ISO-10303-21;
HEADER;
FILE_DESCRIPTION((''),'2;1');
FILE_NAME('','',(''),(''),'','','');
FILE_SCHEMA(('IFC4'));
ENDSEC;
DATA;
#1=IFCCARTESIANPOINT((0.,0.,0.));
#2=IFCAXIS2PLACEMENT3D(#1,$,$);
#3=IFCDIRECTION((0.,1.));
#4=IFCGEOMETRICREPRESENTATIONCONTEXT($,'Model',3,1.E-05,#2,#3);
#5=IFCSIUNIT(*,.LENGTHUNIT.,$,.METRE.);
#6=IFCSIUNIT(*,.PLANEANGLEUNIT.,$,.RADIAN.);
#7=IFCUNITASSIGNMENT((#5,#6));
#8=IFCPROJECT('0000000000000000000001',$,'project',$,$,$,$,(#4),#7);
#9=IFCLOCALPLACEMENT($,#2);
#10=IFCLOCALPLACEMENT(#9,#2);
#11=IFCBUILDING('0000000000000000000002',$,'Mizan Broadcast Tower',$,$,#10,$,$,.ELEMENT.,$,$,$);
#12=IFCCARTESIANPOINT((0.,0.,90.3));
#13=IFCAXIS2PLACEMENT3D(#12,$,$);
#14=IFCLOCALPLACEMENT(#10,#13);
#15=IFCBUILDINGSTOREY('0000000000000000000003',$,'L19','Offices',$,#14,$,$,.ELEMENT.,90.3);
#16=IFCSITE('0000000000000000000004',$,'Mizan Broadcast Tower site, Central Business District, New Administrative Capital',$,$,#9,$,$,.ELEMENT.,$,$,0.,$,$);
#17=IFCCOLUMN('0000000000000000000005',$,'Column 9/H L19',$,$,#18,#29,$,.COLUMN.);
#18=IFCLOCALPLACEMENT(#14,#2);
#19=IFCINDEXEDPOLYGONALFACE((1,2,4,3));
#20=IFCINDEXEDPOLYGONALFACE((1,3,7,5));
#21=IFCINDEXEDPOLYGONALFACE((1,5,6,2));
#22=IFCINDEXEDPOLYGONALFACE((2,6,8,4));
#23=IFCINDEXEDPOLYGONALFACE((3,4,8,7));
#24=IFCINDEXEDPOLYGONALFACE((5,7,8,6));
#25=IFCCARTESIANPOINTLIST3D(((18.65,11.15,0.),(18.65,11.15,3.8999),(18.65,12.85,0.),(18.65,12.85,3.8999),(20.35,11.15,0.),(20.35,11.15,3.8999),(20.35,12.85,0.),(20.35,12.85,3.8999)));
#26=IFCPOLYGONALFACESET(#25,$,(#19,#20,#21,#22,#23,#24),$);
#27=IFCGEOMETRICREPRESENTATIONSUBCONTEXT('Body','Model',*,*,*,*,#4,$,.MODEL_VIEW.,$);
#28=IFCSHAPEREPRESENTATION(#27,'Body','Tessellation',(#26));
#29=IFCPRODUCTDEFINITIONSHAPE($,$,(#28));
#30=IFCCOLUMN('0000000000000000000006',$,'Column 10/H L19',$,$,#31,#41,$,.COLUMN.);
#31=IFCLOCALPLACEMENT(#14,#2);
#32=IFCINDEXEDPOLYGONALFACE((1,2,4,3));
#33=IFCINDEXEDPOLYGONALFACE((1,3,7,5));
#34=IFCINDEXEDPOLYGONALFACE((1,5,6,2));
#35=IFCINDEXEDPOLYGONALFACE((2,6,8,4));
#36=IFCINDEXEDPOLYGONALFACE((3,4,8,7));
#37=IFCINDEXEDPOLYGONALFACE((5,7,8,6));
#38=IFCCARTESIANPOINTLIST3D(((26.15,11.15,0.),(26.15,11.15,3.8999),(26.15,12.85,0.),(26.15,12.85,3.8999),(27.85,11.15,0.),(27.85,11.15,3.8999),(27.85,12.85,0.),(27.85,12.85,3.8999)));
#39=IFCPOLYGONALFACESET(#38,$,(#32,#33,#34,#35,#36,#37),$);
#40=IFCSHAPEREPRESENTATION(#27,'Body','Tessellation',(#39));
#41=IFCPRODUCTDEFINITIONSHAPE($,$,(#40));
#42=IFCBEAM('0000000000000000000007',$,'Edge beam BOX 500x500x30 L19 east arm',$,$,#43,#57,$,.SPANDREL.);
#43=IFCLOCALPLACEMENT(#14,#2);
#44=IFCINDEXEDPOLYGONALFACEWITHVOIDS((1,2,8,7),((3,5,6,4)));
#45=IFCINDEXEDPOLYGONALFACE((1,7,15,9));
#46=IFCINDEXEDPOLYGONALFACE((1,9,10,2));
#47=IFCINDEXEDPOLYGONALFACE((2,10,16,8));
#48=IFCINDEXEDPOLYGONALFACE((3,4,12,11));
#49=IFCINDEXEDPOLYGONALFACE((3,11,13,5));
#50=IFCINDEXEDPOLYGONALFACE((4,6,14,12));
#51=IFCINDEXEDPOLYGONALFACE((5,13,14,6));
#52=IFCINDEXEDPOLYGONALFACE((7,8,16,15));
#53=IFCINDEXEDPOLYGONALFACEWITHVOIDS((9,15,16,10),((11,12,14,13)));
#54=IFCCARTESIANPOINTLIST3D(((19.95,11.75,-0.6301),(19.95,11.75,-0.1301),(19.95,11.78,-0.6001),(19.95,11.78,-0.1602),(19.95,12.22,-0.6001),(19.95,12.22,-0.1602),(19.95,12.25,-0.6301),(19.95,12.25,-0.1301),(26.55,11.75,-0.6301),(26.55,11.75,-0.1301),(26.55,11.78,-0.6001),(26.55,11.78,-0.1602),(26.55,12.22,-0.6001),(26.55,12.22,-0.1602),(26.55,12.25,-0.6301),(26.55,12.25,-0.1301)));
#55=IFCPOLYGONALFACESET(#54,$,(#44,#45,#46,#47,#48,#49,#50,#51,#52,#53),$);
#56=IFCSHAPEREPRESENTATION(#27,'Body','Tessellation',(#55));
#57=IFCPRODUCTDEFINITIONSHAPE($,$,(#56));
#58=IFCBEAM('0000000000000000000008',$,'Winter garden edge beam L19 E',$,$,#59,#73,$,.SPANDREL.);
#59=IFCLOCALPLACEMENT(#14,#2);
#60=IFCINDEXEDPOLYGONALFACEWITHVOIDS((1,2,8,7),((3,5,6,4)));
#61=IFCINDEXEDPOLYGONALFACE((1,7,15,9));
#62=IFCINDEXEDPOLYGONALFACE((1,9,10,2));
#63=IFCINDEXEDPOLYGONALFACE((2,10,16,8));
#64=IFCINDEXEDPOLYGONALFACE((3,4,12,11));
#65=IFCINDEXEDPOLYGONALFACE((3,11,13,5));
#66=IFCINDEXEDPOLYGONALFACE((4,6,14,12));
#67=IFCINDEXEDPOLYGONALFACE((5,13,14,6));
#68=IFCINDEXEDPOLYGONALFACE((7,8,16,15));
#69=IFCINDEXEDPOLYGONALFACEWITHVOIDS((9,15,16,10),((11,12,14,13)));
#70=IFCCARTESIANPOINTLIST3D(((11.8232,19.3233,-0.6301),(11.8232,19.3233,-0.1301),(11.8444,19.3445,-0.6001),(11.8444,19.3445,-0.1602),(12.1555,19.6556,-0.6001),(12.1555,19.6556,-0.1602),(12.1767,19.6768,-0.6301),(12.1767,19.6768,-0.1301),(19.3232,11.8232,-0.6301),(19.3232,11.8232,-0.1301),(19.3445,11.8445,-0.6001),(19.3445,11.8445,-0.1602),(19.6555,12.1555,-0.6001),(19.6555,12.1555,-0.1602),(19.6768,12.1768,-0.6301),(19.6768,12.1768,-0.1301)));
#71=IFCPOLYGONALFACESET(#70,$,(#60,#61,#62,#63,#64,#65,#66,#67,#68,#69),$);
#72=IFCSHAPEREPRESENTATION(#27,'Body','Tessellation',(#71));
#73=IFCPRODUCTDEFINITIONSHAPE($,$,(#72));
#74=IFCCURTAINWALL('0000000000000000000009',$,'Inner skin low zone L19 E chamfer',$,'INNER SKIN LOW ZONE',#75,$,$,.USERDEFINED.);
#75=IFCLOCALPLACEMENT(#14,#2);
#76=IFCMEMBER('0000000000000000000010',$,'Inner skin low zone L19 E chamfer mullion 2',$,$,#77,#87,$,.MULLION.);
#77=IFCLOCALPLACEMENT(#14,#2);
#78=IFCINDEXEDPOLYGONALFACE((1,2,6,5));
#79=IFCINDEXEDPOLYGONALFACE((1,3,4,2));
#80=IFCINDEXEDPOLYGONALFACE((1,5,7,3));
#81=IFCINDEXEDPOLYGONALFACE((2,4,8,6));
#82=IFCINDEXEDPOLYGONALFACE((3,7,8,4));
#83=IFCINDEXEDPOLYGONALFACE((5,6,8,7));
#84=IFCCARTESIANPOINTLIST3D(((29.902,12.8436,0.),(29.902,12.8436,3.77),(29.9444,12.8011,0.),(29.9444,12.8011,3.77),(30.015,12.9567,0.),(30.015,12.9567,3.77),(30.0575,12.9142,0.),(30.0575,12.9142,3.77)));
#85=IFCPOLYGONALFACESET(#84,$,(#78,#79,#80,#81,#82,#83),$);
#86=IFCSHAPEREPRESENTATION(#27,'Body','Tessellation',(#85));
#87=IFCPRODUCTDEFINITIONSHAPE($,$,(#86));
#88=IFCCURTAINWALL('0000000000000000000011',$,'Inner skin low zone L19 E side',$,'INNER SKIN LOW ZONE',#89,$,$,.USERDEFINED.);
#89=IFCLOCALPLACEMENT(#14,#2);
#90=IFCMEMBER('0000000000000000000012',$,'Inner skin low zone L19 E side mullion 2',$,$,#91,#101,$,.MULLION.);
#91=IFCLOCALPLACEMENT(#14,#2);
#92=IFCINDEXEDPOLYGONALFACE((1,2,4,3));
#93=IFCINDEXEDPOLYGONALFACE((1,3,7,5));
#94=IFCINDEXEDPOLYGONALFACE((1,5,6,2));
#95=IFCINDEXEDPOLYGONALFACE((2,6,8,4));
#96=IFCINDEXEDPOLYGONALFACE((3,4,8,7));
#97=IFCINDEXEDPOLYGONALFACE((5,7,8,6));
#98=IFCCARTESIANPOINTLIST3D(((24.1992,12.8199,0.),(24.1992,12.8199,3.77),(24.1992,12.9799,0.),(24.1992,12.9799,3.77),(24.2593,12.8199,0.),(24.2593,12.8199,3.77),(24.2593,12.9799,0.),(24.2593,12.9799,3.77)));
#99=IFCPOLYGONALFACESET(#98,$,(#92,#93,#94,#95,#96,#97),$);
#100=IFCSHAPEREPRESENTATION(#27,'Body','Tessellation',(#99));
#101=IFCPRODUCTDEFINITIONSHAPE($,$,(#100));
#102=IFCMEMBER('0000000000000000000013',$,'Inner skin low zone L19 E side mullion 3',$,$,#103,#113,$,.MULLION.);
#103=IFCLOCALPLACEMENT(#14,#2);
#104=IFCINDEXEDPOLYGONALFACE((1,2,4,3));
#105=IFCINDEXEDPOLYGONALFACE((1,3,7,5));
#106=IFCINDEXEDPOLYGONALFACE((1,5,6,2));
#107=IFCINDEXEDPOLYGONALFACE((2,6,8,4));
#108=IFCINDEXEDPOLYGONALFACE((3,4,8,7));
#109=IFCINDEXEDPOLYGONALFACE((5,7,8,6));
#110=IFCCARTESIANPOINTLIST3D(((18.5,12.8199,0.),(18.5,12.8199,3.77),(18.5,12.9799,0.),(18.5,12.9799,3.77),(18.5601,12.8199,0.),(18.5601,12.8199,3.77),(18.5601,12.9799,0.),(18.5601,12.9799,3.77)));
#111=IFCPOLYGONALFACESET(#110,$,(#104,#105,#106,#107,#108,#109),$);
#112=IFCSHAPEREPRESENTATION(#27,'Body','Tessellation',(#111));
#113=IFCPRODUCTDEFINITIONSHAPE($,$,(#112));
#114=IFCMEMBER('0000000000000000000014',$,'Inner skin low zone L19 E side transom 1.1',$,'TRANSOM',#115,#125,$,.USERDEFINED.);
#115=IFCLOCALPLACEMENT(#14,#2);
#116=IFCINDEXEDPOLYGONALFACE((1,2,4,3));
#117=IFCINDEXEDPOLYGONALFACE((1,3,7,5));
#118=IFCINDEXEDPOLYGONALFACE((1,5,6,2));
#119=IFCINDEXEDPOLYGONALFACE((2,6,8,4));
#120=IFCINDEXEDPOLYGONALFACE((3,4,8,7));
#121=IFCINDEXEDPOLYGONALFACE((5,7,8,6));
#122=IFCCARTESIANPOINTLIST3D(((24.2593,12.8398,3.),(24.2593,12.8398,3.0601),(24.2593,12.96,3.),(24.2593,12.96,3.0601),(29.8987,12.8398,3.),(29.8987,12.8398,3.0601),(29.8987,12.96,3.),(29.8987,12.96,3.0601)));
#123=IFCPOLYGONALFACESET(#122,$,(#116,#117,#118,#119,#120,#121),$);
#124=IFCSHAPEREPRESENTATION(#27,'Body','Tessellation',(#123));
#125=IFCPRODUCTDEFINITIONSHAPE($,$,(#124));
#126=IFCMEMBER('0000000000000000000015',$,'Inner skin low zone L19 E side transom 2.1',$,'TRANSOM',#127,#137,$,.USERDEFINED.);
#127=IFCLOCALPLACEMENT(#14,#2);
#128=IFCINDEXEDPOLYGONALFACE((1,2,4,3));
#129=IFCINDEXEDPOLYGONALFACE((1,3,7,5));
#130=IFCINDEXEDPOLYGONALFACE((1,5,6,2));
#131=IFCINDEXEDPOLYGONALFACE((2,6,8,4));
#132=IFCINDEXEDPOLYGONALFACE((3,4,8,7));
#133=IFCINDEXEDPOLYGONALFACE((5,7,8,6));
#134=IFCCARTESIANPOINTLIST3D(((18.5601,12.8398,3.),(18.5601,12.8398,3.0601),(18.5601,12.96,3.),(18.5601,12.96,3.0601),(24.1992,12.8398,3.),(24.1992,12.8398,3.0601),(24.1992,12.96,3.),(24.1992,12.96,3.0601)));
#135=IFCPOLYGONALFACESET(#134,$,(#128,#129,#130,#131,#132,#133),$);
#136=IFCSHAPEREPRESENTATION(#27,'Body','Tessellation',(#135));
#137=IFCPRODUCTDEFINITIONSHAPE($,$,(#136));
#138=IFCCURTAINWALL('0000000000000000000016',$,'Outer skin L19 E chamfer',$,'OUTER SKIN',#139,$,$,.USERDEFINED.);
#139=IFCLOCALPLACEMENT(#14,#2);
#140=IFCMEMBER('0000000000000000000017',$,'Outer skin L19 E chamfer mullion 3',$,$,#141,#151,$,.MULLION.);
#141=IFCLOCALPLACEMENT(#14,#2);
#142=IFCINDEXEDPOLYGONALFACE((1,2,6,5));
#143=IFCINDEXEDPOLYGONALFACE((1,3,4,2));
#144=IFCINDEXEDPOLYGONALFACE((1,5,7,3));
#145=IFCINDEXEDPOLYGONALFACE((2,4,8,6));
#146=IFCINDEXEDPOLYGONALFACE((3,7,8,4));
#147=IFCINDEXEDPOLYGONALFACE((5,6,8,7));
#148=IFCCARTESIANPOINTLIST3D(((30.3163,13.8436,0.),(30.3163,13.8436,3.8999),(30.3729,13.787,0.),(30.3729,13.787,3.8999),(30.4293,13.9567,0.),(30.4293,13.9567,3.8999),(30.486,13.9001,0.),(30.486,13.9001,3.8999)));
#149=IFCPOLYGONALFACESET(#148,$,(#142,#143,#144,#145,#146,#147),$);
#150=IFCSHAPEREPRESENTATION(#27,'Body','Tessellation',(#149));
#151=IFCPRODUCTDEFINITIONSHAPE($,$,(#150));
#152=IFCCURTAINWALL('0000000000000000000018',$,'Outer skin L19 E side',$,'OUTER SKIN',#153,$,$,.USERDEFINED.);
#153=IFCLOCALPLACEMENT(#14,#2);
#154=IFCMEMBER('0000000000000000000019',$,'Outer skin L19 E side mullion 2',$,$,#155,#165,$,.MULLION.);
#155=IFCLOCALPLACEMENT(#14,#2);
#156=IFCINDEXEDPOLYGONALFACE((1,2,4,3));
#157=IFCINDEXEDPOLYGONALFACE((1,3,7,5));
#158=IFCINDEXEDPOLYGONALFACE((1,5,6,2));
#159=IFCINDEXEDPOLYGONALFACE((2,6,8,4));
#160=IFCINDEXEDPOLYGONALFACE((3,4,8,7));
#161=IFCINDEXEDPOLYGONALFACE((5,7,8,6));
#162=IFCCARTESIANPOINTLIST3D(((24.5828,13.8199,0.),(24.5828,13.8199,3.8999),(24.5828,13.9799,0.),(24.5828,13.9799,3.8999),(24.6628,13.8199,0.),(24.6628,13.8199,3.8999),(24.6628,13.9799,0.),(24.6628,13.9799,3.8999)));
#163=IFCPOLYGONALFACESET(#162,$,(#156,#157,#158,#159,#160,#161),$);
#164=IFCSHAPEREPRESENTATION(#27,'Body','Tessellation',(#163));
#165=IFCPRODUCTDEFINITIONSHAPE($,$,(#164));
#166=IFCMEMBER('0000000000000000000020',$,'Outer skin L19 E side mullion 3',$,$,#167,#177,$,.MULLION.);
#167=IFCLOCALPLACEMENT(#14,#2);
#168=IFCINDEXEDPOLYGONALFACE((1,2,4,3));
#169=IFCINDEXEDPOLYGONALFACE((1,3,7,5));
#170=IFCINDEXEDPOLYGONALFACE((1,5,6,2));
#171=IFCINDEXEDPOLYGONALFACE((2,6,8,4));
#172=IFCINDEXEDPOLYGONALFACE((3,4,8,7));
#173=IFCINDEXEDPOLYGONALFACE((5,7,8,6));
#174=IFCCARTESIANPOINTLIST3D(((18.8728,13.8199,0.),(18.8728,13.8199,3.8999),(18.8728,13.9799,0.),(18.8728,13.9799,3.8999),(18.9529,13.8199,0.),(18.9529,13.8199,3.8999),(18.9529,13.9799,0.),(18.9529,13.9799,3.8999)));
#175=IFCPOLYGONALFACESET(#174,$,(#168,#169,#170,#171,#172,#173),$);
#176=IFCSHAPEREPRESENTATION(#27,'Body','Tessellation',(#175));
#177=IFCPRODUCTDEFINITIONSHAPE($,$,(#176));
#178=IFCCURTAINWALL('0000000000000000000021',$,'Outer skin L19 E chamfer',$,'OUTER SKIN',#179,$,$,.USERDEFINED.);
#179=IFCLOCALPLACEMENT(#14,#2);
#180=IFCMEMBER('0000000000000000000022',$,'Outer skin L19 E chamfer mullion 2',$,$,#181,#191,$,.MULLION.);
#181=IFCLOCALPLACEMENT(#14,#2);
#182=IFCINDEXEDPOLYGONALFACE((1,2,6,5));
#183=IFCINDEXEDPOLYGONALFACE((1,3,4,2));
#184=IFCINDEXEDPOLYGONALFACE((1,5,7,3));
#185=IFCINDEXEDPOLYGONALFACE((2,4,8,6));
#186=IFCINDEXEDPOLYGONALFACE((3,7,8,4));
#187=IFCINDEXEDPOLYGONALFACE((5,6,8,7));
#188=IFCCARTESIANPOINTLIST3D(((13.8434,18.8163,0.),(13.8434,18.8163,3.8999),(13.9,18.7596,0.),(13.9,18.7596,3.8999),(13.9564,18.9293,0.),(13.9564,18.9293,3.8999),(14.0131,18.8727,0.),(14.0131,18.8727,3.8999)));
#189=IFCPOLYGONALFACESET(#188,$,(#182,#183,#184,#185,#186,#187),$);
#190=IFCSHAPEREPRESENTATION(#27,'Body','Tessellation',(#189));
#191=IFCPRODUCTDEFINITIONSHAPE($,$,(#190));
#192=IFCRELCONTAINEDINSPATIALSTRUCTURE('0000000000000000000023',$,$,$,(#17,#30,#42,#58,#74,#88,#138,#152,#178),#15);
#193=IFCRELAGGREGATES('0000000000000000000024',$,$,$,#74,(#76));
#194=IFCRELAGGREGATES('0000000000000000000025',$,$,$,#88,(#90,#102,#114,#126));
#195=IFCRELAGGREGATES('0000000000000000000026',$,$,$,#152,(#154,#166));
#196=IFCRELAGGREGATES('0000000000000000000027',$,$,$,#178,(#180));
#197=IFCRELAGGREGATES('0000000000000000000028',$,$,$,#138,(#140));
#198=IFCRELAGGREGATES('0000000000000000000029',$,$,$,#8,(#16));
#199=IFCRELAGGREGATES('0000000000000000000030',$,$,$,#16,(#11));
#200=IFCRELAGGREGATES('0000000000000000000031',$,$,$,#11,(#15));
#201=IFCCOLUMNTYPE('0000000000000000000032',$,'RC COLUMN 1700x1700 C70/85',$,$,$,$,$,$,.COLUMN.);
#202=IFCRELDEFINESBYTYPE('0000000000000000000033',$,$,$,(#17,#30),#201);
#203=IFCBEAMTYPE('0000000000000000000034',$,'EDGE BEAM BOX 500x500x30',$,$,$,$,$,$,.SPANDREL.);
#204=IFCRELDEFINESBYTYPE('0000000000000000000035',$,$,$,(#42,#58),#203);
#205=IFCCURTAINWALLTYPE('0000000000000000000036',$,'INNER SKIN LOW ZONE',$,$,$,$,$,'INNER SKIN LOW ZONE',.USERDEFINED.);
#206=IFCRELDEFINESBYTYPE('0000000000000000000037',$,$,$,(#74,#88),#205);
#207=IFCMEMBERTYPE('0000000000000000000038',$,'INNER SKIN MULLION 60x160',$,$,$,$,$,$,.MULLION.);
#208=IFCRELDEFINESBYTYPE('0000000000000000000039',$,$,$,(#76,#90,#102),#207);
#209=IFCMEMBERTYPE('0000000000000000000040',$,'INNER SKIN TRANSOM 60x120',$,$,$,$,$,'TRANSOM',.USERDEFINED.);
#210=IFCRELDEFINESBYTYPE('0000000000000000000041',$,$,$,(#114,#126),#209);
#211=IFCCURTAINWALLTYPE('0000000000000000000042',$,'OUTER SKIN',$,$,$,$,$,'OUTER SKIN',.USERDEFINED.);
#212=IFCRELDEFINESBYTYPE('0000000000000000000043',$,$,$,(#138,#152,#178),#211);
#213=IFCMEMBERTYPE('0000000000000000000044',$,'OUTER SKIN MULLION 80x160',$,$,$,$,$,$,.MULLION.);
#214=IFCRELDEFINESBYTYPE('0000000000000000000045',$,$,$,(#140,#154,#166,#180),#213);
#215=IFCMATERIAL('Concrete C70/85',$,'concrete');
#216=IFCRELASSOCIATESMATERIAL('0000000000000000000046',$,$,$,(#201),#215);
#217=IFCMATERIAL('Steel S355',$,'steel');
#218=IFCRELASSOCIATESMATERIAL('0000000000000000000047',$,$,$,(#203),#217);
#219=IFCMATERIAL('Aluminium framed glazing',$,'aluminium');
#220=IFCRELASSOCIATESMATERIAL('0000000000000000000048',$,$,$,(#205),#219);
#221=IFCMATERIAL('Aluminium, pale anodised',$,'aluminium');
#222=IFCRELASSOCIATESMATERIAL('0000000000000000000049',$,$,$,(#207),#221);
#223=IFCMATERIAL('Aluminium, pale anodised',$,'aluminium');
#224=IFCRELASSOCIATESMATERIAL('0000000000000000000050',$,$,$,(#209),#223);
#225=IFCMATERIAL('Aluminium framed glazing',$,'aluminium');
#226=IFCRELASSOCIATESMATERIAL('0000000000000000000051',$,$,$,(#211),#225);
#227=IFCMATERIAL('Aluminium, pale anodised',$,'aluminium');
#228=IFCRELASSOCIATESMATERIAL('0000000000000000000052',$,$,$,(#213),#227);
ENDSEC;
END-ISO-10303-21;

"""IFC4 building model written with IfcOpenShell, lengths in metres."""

from ifc_helpers import new_model, si_unit, direction, frame, origin, origin_2d, place, context, subcontext, project, spatial, rectangle, hollow_rectangle, extrude, material, material_profile, profile_set, type_object, element, aggregate, save


model = new_model("IFC4")

# Units and contexts
model_context = context("Model", 3, precision=1e-05, world=origin(), true_north=direction((0.0, 1.0)))
body_context = subcontext(model_context, "Body", "Model", "MODEL_VIEW")
ifc_project = project(units=[si_unit("LENGTHUNIT", "METRE"), si_unit("PLANEANGLEUNIT", "RADIAN")], contexts=[model_context])

# Site, building, storey
site_placement = place(None, origin())
site = spatial("IfcSite", under=ifc_project, at=site_placement, Name="Mizan Broadcast Tower site, Central Business District, New Administrative Capital", CompositionType="ELEMENT", RefElevation=0.0)
building_placement = place(site_placement, origin())
building = spatial("IfcBuilding", under=site, at=building_placement, Name="Mizan Broadcast Tower", CompositionType="ELEMENT")
storey_placement = place(building_placement, frame((0.0, 0.0, 90.3)))
storey = spatial("IfcBuildingStorey", under=building, at=storey_placement, Name="L19", Description="Offices", CompositionType="ELEMENT", Elevation=90.3)

# Columns
ifc_material_1 = material(Name="Concrete C70/85", Category="concrete")
ifc_material_profile_1 = material_profile(ifc_material_1, rectangle(XDim=1.7, YDim=1.7, at=origin_2d()), Name="RC 1700x1700")
ifc_profile_set_1 = profile_set([ifc_material_profile_1], Name="Concrete C70/85")
column_type = type_object("IfcColumnType", Name="RC COLUMN 1700x1700 C70/85", PredefinedType="COLUMN", material=ifc_profile_set_1)
for number, where, z_axis, x_axis, name in (
    (1, (19.5, 12.0, 0.0), (0.0, 0.0, 1.0), (1.0, 0.0, 0.0), "Column 9/H L19"),
    (2, (27.0, 12.0, 0.0), (0.0, 0.0, 1.0), (1.0, 0.0, 0.0), "Column 10/H L19"),
):
    element("IfcColumn", number, at=place(storey_placement, frame(where, z_axis=z_axis, x_axis=x_axis)), inside=storey, type_object=column_type, Name=name, PredefinedType="COLUMN", context=body_context, shape_type="SweptSolid", body=[
        extrude(rectangle(XDim=1.7, YDim=1.7, at=origin_2d()), origin(), (0.0, 0.0, 1.0), 3.8999),
    ])

# Beams
ifc_material_2 = material(Name="Steel S355", Category="steel")
ifc_material_profile_2 = material_profile(ifc_material_2, hollow_rectangle(XDim=0.5, YDim=0.5, WallThickness=0.03, at=origin_2d()), Name="BOX 500x500x30")
ifc_profile_set_2 = profile_set([ifc_material_profile_2], Name="Steel S355")
beam_type_1 = type_object("IfcBeamType", Name="EDGE BEAM BOX 500x500x30", PredefinedType="SPANDREL", material=ifc_profile_set_2)
beam_1_placement = place(storey_placement, frame((19.95, 12.0, -0.3801), z_axis=(1.0, 0.0, 0.0), x_axis=(0.0, 1.0, 0.0)))
element("IfcBeam", 3, at=beam_1_placement, inside=storey, type_object=beam_type_1, Name="Edge beam BOX 500x500x30 L19 east arm", PredefinedType="SPANDREL", context=body_context, shape_type="SweptSolid", body=[
    extrude(hollow_rectangle(XDim=0.5, YDim=0.5, WallThickness=0.03, at=origin_2d()), origin(), (0.0, 0.0, 1.0), 6.6001),
])
beam_2_placement = place(storey_placement, frame((19.5, 12.0, -0.3801), z_axis=(-0.707107, 0.707107, 0.0), x_axis=(-0.707107, -0.707107, 0.0)))
element("IfcBeam", 4, at=beam_2_placement, inside=storey, type_object=beam_type_1, Name="Winter garden edge beam L19 E", PredefinedType="SPANDREL", context=body_context, shape_type="SweptSolid", body=[
    extrude(hollow_rectangle(XDim=0.5, YDim=0.5, WallThickness=0.03, at=origin_2d()), origin(), (0.0, 0.0, 1.0), 10.6067),
])

# Curtain wall, member
ifc_material_3 = material(Name="Aluminium framed glazing", Category="aluminium")
curtain_wall_type_1 = type_object("IfcCurtainWallType", Name="INNER SKIN LOW ZONE", ElementType="INNER SKIN LOW ZONE", PredefinedType="USERDEFINED", material=ifc_material_3)
curtain_wall_1_placement = place(storey_placement, origin())
curtain_wall_1 = element("IfcCurtainWall", 5, at=curtain_wall_1_placement, inside=storey, type_object=curtain_wall_type_1, Name="Inner skin low zone L19 E chamfer", ObjectType="INNER SKIN LOW ZONE", PredefinedType="USERDEFINED")
ifc_material_4 = material(Name="Aluminium, pale anodised", Category="aluminium")
ifc_material_profile_3 = material_profile(ifc_material_4, rectangle(XDim=0.1599, YDim=0.0601, at=origin_2d()), Name="MULLION 160x60")
ifc_profile_set_3 = profile_set([ifc_material_profile_3], Name="Aluminium, pale anodised")
member_type_1 = type_object("IfcMemberType", Name="INNER SKIN MULLION 60x160", PredefinedType="MULLION", material=ifc_profile_set_3)
member_1_placement = place(storey_placement, frame((29.9797, 12.8789, 0.0), z_axis=(0.0, 0.0, 1.0), x_axis=(-0.707107, -0.707107, 0.0)))
member_1 = element("IfcMember", 6, at=member_1_placement, type_object=member_type_1, Name="Inner skin low zone L19 E chamfer mullion 2", PredefinedType="MULLION", context=body_context, shape_type="SweptSolid", body=[
    extrude(rectangle(XDim=0.1599, YDim=0.0601, at=origin_2d()), origin(), (0.0, 0.0, 1.0), 3.77),
])
aggregate(curtain_wall_1, [member_1])

# Curtain wall, members
curtain_wall_2_placement = place(storey_placement, origin())
curtain_wall_2 = element("IfcCurtainWall", 7, at=curtain_wall_2_placement, inside=storey, type_object=curtain_wall_type_1, Name="Inner skin low zone L19 E side", ObjectType="INNER SKIN LOW ZONE", PredefinedType="USERDEFINED")
member_2_placement = place(storey_placement, frame((24.2292, 12.8999, 0.0), z_axis=(0.0, 0.0, 1.0), x_axis=(0.0, -1.0, 0.0)))
member_2 = element("IfcMember", 8, at=member_2_placement, type_object=member_type_1, Name="Inner skin low zone L19 E side mullion 2", PredefinedType="MULLION", context=body_context, shape_type="SweptSolid", body=[
    extrude(rectangle(XDim=0.1599, YDim=0.0601, at=origin_2d()), origin(), (0.0, 0.0, 1.0), 3.77),
])
member_3_placement = place(storey_placement, frame((18.53, 12.8999, 0.0), z_axis=(0.0, 0.0, 1.0), x_axis=(0.0, -1.0, 0.0)))
member_3 = element("IfcMember", 9, at=member_3_placement, type_object=member_type_1, Name="Inner skin low zone L19 E side mullion 3", PredefinedType="MULLION", context=body_context, shape_type="SweptSolid", body=[
    extrude(rectangle(XDim=0.1599, YDim=0.0601, at=origin_2d()), origin(), (0.0, 0.0, 1.0), 3.77),
])
ifc_material_5 = material(Name="Aluminium, pale anodised", Category="aluminium")
ifc_material_profile_4 = material_profile(ifc_material_5, rectangle(XDim=0.1201, YDim=0.0601, at=origin_2d()), Name="TRANSOM 120x60")
ifc_profile_set_4 = profile_set([ifc_material_profile_4], Name="Aluminium, pale anodised")
member_type_2 = type_object("IfcMemberType", Name="INNER SKIN TRANSOM 60x120", ElementType="TRANSOM", PredefinedType="USERDEFINED", material=ifc_profile_set_4)
member_4_placement = place(storey_placement, frame((29.8987, 12.8999, 3.03), z_axis=(-1.0, 0.0, 0.0), x_axis=(0.0, -1.0, 0.0)))
member_4 = element("IfcMember", 10, at=member_4_placement, type_object=member_type_2, Name="Inner skin low zone L19 E side transom 1.1", ObjectType="TRANSOM", PredefinedType="USERDEFINED", context=body_context, shape_type="SweptSolid", body=[
    extrude(rectangle(XDim=0.1201, YDim=0.0601, at=origin_2d()), origin(), (0.0, 0.0, 1.0), 5.6394),
])
member_5_placement = place(storey_placement, frame((24.1992, 12.8999, 3.03), z_axis=(-1.0, 0.0, 0.0), x_axis=(0.0, -1.0, 0.0)))
member_5 = element("IfcMember", 11, at=member_5_placement, type_object=member_type_2, Name="Inner skin low zone L19 E side transom 2.1", ObjectType="TRANSOM", PredefinedType="USERDEFINED", context=body_context, shape_type="SweptSolid", body=[
    extrude(rectangle(XDim=0.1201, YDim=0.0601, at=origin_2d()), origin(), (0.0, 0.0, 1.0), 5.6392),
])

# Curtain wall, member
ifc_material_6 = material(Name="Aluminium framed glazing", Category="aluminium")
curtain_wall_type_2 = type_object("IfcCurtainWallType", Name="OUTER SKIN", ElementType="OUTER SKIN", PredefinedType="USERDEFINED", material=ifc_material_6)
curtain_wall_3_placement = place(storey_placement, origin())
curtain_wall_3 = element("IfcCurtainWall", 12, at=curtain_wall_3_placement, inside=storey, type_object=curtain_wall_type_2, Name="Outer skin L19 E chamfer", ObjectType="OUTER SKIN", PredefinedType="USERDEFINED")
ifc_material_7 = material(Name="Aluminium, pale anodised", Category="aluminium")
ifc_material_profile_5 = material_profile(ifc_material_7, rectangle(XDim=0.1599, YDim=0.0801, at=origin_2d()), Name="MULLION 160x80")
ifc_profile_set_5 = profile_set([ifc_material_profile_5], Name="Aluminium, pale anodised")
member_type_3 = type_object("IfcMemberType", Name="OUTER SKIN MULLION 80x160", PredefinedType="MULLION", material=ifc_profile_set_5)
member_6_placement = place(storey_placement, frame((30.4011, 13.8718, 0.0), z_axis=(0.0, 0.0, 1.0), x_axis=(-0.707107, -0.707107, 0.0)))
member_6 = element("IfcMember", 13, at=member_6_placement, type_object=member_type_3, Name="Outer skin L19 E chamfer mullion 3", PredefinedType="MULLION", context=body_context, shape_type="SweptSolid", body=[
    extrude(rectangle(XDim=0.1599, YDim=0.0801, at=origin_2d()), origin(), (0.0, 0.0, 1.0), 3.8999),
])

# Curtain wall, members
curtain_wall_4_placement = place(storey_placement, origin())
curtain_wall_4 = element("IfcCurtainWall", 14, at=curtain_wall_4_placement, inside=storey, type_object=curtain_wall_type_2, Name="Outer skin L19 E side", ObjectType="OUTER SKIN", PredefinedType="USERDEFINED")
member_7_placement = place(storey_placement, frame((24.6228, 13.8999, 0.0), z_axis=(0.0, 0.0, 1.0), x_axis=(0.0, -1.0, 0.0)))
member_7 = element("IfcMember", 15, at=member_7_placement, type_object=member_type_3, Name="Outer skin L19 E side mullion 2", PredefinedType="MULLION", context=body_context, shape_type="SweptSolid", body=[
    extrude(rectangle(XDim=0.1599, YDim=0.0801, at=origin_2d()), origin(), (0.0, 0.0, 1.0), 3.8999),
])
member_8_placement = place(storey_placement, frame((18.9128, 13.8999, 0.0), z_axis=(0.0, 0.0, 1.0), x_axis=(0.0, -1.0, 0.0)))
member_8 = element("IfcMember", 16, at=member_8_placement, type_object=member_type_3, Name="Outer skin L19 E side mullion 3", PredefinedType="MULLION", context=body_context, shape_type="SweptSolid", body=[
    extrude(rectangle(XDim=0.1599, YDim=0.0801, at=origin_2d()), origin(), (0.0, 0.0, 1.0), 3.8999),
])

# Curtain wall, member
curtain_wall_5_placement = place(storey_placement, origin())
curtain_wall_5 = element("IfcCurtainWall", 17, at=curtain_wall_5_placement, inside=storey, type_object=curtain_wall_type_2, Name="Outer skin L19 E chamfer", ObjectType="OUTER SKIN", PredefinedType="USERDEFINED")
member_9_placement = place(storey_placement, frame((13.9282, 18.8445, 0.0), z_axis=(0.0, 0.0, 1.0), x_axis=(-0.707107, -0.707107, 0.0)))
member_9 = element("IfcMember", 18, at=member_9_placement, type_object=member_type_3, Name="Outer skin L19 E chamfer mullion 2", PredefinedType="MULLION", context=body_context, shape_type="SweptSolid", body=[
    extrude(rectangle(XDim=0.1599, YDim=0.0801, at=origin_2d()), origin(), (0.0, 0.0, 1.0), 3.8999),
])

aggregate(curtain_wall_2, [member_2, member_3, member_4, member_5])
aggregate(curtain_wall_4, [member_7, member_8])
aggregate(curtain_wall_5, [member_9])
aggregate(curtain_wall_3, [member_6])

save(model, "model.ifc")
